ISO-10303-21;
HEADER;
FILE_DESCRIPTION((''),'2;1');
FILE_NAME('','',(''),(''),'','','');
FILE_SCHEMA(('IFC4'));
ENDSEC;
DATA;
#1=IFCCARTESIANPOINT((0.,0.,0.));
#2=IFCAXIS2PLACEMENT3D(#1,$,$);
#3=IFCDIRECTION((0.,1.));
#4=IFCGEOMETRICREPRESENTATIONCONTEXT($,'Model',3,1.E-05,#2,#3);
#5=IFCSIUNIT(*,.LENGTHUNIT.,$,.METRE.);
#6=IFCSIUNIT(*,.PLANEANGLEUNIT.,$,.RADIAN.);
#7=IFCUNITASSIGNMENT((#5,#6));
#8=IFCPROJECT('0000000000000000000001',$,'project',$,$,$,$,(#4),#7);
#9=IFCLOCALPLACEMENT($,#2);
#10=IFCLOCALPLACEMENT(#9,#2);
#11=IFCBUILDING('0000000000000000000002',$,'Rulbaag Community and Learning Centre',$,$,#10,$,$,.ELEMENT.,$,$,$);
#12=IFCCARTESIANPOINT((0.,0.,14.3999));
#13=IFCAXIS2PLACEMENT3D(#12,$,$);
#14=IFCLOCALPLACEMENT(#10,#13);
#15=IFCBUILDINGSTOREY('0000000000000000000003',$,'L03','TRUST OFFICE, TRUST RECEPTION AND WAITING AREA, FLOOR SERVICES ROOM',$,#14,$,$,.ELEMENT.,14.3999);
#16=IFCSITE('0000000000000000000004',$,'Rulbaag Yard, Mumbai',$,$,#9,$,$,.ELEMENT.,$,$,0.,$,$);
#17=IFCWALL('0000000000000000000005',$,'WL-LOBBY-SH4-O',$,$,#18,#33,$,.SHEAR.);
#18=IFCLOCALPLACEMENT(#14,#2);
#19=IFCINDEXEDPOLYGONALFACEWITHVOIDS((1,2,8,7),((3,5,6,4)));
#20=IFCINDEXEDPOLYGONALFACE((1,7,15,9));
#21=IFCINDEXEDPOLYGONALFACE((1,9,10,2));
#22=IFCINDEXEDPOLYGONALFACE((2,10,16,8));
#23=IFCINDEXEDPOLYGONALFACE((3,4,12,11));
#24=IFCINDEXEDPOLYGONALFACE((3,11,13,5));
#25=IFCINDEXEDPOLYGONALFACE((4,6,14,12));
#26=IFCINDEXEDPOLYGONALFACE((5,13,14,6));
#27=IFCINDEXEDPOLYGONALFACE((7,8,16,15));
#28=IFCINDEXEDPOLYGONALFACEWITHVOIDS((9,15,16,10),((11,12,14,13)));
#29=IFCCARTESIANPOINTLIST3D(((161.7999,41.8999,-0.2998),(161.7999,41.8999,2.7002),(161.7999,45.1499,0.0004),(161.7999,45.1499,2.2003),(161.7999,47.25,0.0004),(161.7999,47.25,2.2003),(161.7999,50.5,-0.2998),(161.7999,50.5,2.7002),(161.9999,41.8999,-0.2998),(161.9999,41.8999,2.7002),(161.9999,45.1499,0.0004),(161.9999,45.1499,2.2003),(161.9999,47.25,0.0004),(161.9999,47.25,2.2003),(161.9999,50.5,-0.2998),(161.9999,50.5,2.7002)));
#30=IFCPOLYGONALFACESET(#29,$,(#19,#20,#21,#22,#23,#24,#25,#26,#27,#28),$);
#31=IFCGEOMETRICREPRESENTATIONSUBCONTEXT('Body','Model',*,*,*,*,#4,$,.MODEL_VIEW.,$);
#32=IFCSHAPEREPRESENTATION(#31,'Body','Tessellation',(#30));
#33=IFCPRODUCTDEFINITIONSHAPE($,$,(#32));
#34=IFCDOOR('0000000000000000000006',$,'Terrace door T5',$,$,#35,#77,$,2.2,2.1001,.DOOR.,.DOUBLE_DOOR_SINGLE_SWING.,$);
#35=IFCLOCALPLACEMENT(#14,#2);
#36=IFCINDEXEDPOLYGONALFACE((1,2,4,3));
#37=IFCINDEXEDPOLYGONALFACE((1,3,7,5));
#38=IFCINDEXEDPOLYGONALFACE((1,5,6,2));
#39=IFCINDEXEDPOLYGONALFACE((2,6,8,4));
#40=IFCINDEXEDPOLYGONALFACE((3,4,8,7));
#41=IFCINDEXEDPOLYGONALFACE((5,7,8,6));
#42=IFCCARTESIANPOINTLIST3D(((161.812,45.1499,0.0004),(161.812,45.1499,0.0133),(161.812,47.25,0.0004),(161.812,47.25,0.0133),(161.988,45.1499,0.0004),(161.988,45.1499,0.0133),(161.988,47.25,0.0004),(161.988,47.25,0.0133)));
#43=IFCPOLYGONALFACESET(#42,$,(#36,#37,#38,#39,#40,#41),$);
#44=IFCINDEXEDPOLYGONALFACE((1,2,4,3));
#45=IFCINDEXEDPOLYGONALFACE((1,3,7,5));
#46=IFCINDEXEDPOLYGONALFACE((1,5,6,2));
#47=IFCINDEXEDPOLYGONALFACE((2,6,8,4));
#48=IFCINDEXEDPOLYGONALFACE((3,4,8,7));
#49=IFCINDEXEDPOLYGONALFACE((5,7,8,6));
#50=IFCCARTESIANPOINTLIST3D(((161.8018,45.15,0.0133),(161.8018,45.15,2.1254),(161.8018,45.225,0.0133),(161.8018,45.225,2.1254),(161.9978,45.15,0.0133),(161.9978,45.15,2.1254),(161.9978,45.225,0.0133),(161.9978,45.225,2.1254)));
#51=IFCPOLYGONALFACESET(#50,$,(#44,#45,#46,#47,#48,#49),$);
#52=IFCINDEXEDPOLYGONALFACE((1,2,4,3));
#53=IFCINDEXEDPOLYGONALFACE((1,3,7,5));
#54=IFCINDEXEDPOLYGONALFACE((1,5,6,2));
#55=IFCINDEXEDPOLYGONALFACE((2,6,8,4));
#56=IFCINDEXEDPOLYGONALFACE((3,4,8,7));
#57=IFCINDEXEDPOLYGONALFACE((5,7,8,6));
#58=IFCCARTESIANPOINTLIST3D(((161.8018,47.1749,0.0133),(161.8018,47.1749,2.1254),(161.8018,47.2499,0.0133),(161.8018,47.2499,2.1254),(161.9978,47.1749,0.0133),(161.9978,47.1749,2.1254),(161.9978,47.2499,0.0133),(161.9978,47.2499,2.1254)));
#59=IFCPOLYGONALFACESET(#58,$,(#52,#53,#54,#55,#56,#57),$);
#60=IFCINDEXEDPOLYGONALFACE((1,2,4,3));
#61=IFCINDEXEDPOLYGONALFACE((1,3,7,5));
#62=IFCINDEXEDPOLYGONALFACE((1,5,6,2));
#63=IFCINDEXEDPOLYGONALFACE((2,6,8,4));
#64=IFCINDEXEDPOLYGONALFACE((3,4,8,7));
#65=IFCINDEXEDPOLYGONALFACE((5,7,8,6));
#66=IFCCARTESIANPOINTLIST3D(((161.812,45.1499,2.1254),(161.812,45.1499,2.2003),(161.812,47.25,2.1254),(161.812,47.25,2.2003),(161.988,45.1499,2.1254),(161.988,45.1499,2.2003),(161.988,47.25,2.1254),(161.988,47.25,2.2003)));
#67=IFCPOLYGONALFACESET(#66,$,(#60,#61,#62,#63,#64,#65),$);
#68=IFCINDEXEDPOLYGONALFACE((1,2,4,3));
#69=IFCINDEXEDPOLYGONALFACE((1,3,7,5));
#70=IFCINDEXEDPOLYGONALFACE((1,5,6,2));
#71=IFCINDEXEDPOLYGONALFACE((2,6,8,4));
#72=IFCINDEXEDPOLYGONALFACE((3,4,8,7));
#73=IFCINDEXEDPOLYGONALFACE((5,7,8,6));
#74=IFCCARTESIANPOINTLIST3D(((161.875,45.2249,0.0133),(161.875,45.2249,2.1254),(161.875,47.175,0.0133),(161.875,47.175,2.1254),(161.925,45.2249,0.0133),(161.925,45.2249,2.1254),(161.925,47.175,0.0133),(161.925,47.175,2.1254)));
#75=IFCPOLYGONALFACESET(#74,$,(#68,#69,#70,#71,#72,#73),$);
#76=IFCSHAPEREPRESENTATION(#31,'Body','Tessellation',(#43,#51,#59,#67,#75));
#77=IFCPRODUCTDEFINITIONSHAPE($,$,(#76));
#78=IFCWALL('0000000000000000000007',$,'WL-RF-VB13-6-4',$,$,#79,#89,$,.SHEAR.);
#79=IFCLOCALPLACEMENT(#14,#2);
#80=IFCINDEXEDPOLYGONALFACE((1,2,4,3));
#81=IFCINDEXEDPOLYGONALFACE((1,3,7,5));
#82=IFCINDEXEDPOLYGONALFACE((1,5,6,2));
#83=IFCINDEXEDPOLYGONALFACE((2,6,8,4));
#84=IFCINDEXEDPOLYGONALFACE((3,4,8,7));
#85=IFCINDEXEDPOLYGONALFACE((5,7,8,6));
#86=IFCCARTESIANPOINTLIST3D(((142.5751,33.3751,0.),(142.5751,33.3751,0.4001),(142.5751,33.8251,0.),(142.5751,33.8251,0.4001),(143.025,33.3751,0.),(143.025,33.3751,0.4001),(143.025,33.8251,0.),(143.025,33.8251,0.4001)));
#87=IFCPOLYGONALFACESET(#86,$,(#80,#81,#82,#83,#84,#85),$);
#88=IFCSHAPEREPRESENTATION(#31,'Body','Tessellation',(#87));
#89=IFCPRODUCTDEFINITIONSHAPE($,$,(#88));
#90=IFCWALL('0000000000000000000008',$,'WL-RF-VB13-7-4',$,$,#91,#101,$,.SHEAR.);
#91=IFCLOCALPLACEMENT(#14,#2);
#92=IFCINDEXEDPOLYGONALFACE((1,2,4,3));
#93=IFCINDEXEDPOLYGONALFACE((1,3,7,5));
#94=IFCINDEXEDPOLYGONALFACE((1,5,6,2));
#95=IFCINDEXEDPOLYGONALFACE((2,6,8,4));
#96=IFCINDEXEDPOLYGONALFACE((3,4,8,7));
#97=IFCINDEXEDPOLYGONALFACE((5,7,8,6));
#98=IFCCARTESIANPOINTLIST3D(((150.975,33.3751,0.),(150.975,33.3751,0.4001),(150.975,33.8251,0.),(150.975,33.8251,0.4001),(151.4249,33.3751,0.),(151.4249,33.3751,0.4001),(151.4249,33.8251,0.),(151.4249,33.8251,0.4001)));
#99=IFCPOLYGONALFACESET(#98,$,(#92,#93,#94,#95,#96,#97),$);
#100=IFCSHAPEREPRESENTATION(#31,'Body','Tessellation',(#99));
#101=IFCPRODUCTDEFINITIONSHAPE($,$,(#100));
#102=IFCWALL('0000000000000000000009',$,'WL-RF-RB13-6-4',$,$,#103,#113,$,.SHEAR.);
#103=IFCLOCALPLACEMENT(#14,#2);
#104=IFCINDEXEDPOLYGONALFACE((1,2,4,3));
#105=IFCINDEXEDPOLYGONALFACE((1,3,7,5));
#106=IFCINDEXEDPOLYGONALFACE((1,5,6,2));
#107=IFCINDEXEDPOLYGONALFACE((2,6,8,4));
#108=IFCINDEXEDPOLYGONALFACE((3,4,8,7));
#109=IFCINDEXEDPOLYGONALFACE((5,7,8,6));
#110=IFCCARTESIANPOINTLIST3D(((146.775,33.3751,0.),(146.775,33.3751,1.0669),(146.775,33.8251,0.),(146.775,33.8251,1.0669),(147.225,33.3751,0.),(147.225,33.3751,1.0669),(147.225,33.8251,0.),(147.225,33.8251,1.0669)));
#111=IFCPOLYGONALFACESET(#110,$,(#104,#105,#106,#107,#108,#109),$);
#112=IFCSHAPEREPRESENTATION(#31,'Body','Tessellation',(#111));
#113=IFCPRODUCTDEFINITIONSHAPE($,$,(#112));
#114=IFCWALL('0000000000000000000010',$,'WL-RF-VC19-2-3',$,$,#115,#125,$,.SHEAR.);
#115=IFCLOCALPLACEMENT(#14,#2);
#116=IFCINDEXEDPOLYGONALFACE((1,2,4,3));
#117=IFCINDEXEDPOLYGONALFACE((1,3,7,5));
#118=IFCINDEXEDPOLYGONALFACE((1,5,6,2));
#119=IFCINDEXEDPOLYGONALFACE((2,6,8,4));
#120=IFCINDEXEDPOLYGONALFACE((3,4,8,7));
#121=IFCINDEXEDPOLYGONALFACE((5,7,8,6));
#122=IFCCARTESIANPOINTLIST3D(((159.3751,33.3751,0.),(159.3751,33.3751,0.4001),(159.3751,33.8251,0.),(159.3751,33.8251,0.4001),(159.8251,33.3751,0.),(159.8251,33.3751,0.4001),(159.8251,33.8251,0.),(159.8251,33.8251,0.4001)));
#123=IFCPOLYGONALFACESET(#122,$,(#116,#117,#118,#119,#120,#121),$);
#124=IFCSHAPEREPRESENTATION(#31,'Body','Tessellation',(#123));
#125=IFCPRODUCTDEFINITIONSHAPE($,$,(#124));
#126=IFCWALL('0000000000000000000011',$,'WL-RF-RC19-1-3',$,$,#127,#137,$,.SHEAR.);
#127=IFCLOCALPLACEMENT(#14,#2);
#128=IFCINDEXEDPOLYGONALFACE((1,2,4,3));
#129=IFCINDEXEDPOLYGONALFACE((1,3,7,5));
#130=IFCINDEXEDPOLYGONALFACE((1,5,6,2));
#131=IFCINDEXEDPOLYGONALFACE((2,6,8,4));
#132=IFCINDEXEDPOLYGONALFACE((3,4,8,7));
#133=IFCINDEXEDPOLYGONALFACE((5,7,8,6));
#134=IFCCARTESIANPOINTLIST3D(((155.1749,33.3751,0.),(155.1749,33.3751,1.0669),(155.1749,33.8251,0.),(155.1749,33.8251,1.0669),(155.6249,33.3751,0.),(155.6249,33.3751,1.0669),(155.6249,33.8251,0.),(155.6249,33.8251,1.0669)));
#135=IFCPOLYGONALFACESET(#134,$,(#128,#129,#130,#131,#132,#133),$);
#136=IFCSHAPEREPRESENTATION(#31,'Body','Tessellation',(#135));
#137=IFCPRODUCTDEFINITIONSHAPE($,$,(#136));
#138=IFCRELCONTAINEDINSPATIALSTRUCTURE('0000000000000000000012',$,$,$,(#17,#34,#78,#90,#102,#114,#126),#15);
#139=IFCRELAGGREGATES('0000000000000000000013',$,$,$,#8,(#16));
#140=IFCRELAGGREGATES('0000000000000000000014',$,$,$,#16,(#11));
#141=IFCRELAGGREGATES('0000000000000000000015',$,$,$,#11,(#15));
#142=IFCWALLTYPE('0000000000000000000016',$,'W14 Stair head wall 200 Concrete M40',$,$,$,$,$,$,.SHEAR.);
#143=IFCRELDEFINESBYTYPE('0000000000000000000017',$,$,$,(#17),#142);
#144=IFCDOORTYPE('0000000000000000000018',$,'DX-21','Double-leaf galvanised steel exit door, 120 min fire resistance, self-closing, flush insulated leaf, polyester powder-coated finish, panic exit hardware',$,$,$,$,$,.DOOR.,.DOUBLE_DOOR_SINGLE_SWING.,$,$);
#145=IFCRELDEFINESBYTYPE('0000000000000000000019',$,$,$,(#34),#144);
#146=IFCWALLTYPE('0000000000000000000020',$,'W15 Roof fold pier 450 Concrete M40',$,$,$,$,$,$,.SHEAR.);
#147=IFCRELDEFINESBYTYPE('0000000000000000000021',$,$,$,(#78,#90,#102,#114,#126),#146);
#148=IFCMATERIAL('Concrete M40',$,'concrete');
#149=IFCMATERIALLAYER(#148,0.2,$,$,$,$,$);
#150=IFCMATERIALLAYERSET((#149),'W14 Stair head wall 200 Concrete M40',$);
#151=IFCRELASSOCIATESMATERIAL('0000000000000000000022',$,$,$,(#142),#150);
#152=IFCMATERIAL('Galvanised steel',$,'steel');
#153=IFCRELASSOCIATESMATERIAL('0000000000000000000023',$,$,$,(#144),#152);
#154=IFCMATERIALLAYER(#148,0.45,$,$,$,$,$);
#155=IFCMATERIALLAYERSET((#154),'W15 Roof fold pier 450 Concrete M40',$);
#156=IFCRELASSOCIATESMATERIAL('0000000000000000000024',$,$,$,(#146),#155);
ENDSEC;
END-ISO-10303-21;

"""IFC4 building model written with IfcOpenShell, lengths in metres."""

from ifc_helpers import new_model, si_unit, direction, frame, frame_2d, origin, place, context, subcontext, project, spatial, rectangle, extrude, material, layer, layer_set, type_object, element, fill, save


model = new_model("IFC4")

# Units and contexts
model_context = context("Model", 3, precision=1e-05, world=origin(), true_north=direction((0.0, 1.0)))
body_context = subcontext(model_context, "Body", "Model", "MODEL_VIEW")
ifc_project = project(units=[si_unit("LENGTHUNIT", "METRE"), si_unit("PLANEANGLEUNIT", "RADIAN")], contexts=[model_context])

# Site, building, storey
site_placement = place(None, origin())
site = spatial("IfcSite", under=ifc_project, at=site_placement, Name="Rulbaag Yard, Mumbai", CompositionType="ELEMENT", RefElevation=0.0)
building_placement = place(site_placement, origin())
building = spatial("IfcBuilding", under=site, at=building_placement, Name="Rulbaag Community and Learning Centre", CompositionType="ELEMENT")
storey_placement = place(building_placement, frame((0.0, 0.0, 14.3999)))
storey = spatial("IfcBuildingStorey", under=building, at=storey_placement, Name="L03", Description="TRUST OFFICE, TRUST RECEPTION AND WAITING AREA, FLOOR SERVICES ROOM", CompositionType="ELEMENT", Elevation=14.3999)

# Shared definitions
ifc_material_1 = material(Name="Concrete M40", Category="concrete")

# Shared definitions
ifc_layer_1 = layer(ifc_material_1, 0.2)
ifc_layer_set_1 = layer_set([ifc_layer_1], Name="W14 Stair head wall 200 Concrete M40")
wall_type_1 = type_object("IfcWallType", Name="W14 Stair head wall 200 Concrete M40", PredefinedType="SHEAR", material=ifc_layer_set_1)

# Shared definitions
ifc_material_2 = material(Name="Galvanised steel", Category="steel")

# Wall, opening, door
wall_1_placement = place(storey_placement, frame((161.8999, 41.8999, -0.2998), z_axis=(0.0, 0.0, 1.0), x_axis=(0.0, 1.0, 0.0)))
wall_1 = element("IfcWall", 1, at=wall_1_placement, inside=storey, type_object=wall_type_1, Name="WL-LOBBY-SH4-O", PredefinedType="SHEAR", context=body_context, shape_type="SweptSolid", body=[
    extrude(rectangle(XDim=8.6001, YDim=0.2, at=frame_2d((4.3, 0.0))), origin(), (0.0, 0.0, 1.0), 3.0),
])
opening_1_placement = place(wall_1_placement, frame((3.25, 0.0, 0.3)))
opening_1 = element("IfcOpeningElement", 2, at=opening_1_placement, cuts=wall_1, PredefinedType="OPENING", context=body_context, shape_type="SweptSolid", body=[
    extrude(rectangle(XDim=2.1001, YDim=2.2, at=frame_2d((1.05, 1.1001))), frame((0.0, 0.1099, 0.0), z_axis=(0.0, -1.0, 0.0), x_axis=(1.0, 0.0, 0.0)), (0.0, 0.0, 1.0), 0.22),
])
door_type_1 = type_object("IfcDoorType", Name="DX-21", Description="Double-leaf galvanised steel exit door, 120 min fire resistance, self-closing, flush insulated leaf, polyester powder-coated finish, panic exit hardware", OperationType="DOUBLE_DOOR_SINGLE_SWING", PredefinedType="DOOR", material=ifc_material_2)
door_1_placement = place(opening_1_placement, origin())
door_1 = element("IfcDoor", 3, at=door_1_placement, inside=storey, type_object=door_type_1, Name="Terrace door T5", OperationType="DOUBLE_DOOR_SINGLE_SWING", OverallHeight=2.2, OverallWidth=2.1001, PredefinedType="DOOR", context=body_context, shape_type="SweptSolid", body=[
    extrude(rectangle(XDim=2.1001, YDim=0.0129, at=frame_2d((1.05, 0.0066))), frame((0.0, 0.0879, 0.0), z_axis=(0.0, -1.0, 0.0), x_axis=(1.0, 0.0, 0.0)), (0.0, 0.0, 1.0), 0.176),
    extrude(rectangle(XDim=0.075, YDim=2.1121, at=frame_2d((0.0376, 1.0691))), frame((0.0, 0.0981, 0.0), z_axis=(0.0, -1.0, 0.0), x_axis=(1.0, 0.0, 0.0)), (0.0, 0.0, 1.0), 0.196),
    extrude(rectangle(XDim=0.075, YDim=2.1121, at=frame_2d((2.0625, 1.0691))), frame((0.0, 0.0981, 0.0), z_axis=(0.0, -1.0, 0.0), x_axis=(1.0, 0.0, 0.0)), (0.0, 0.0, 1.0), 0.196),
    extrude(rectangle(XDim=2.1001, YDim=0.075, at=frame_2d((1.05, 2.1626))), frame((0.0, 0.0879, 0.0), z_axis=(0.0, -1.0, 0.0), x_axis=(1.0, 0.0, 0.0)), (0.0, 0.0, 1.0), 0.176),
    extrude(rectangle(XDim=1.9502, YDim=2.1121, at=frame_2d((1.05, 1.0691))), frame((0.0, 0.0249, 0.0), z_axis=(0.0, -1.0, 0.0), x_axis=(1.0, 0.0, 0.0)), (0.0, 0.0, 1.0), 0.05),
])
fill(opening_1, door_1)

# Walls
ifc_layer_2 = layer(ifc_material_1, 0.45)
ifc_layer_set_2 = layer_set([ifc_layer_2], Name="W15 Roof fold pier 450 Concrete M40")
wall_type_2 = type_object("IfcWallType", Name="W15 Roof fold pier 450 Concrete M40", PredefinedType="SHEAR", material=ifc_layer_set_2)
for number, where, z_axis, x_axis, name in (
    (4, (142.8, 33.375, 0.0), (0.0, 0.0, 1.0), (0.0, 1.0, 0.0), "WL-RF-VB13-6-4"),
    (5, (151.2, 33.375, 0.0), (0.0, 0.0, 1.0), (0.0, 1.0, 0.0), "WL-RF-VB13-7-4"),
):
    element("IfcWall", number, at=place(storey_placement, frame(where, z_axis=z_axis, x_axis=x_axis)), inside=storey, type_object=wall_type_2, Name=name, PredefinedType="SHEAR", context=body_context, shape_type="SweptSolid", body=[
        extrude(rectangle(XDim=0.45, YDim=0.45, at=frame_2d((0.2251, 0.0))), origin(), (0.0, 0.0, 1.0), 0.4001),
    ])
wall_2_placement = place(storey_placement, frame((147.0, 33.375, 0.0), z_axis=(0.0, 0.0, 1.0), x_axis=(0.0, 1.0, 0.0)))
element("IfcWall", 6, at=wall_2_placement, inside=storey, type_object=wall_type_2, Name="WL-RF-RB13-6-4", PredefinedType="SHEAR", context=body_context, shape_type="SweptSolid", body=[
    extrude(rectangle(XDim=0.45, YDim=0.45, at=frame_2d((0.2251, 0.0))), origin(), (0.0, 0.0, 1.0), 1.0669),
])
wall_3_placement = place(storey_placement, frame((159.6001, 33.375, 0.0), z_axis=(0.0, 0.0, 1.0), x_axis=(0.0, 1.0, 0.0)))
element("IfcWall", 7, at=wall_3_placement, inside=storey, type_object=wall_type_2, Name="WL-RF-VC19-2-3", PredefinedType="SHEAR", context=body_context, shape_type="SweptSolid", body=[
    extrude(rectangle(XDim=0.45, YDim=0.45, at=frame_2d((0.2251, 0.0))), origin(), (0.0, 0.0, 1.0), 0.4001),
])
wall_4_placement = place(storey_placement, frame((155.3999, 33.375, 0.0), z_axis=(0.0, 0.0, 1.0), x_axis=(0.0, 1.0, 0.0)))
element("IfcWall", 8, at=wall_4_placement, inside=storey, type_object=wall_type_2, Name="WL-RF-RC19-1-3", PredefinedType="SHEAR", context=body_context, shape_type="SweptSolid", body=[
    extrude(rectangle(XDim=0.45, YDim=0.45, at=frame_2d((0.2251, 0.0))), origin(), (0.0, 0.0, 1.0), 1.0669),
])

save(model, "model.ifc")
